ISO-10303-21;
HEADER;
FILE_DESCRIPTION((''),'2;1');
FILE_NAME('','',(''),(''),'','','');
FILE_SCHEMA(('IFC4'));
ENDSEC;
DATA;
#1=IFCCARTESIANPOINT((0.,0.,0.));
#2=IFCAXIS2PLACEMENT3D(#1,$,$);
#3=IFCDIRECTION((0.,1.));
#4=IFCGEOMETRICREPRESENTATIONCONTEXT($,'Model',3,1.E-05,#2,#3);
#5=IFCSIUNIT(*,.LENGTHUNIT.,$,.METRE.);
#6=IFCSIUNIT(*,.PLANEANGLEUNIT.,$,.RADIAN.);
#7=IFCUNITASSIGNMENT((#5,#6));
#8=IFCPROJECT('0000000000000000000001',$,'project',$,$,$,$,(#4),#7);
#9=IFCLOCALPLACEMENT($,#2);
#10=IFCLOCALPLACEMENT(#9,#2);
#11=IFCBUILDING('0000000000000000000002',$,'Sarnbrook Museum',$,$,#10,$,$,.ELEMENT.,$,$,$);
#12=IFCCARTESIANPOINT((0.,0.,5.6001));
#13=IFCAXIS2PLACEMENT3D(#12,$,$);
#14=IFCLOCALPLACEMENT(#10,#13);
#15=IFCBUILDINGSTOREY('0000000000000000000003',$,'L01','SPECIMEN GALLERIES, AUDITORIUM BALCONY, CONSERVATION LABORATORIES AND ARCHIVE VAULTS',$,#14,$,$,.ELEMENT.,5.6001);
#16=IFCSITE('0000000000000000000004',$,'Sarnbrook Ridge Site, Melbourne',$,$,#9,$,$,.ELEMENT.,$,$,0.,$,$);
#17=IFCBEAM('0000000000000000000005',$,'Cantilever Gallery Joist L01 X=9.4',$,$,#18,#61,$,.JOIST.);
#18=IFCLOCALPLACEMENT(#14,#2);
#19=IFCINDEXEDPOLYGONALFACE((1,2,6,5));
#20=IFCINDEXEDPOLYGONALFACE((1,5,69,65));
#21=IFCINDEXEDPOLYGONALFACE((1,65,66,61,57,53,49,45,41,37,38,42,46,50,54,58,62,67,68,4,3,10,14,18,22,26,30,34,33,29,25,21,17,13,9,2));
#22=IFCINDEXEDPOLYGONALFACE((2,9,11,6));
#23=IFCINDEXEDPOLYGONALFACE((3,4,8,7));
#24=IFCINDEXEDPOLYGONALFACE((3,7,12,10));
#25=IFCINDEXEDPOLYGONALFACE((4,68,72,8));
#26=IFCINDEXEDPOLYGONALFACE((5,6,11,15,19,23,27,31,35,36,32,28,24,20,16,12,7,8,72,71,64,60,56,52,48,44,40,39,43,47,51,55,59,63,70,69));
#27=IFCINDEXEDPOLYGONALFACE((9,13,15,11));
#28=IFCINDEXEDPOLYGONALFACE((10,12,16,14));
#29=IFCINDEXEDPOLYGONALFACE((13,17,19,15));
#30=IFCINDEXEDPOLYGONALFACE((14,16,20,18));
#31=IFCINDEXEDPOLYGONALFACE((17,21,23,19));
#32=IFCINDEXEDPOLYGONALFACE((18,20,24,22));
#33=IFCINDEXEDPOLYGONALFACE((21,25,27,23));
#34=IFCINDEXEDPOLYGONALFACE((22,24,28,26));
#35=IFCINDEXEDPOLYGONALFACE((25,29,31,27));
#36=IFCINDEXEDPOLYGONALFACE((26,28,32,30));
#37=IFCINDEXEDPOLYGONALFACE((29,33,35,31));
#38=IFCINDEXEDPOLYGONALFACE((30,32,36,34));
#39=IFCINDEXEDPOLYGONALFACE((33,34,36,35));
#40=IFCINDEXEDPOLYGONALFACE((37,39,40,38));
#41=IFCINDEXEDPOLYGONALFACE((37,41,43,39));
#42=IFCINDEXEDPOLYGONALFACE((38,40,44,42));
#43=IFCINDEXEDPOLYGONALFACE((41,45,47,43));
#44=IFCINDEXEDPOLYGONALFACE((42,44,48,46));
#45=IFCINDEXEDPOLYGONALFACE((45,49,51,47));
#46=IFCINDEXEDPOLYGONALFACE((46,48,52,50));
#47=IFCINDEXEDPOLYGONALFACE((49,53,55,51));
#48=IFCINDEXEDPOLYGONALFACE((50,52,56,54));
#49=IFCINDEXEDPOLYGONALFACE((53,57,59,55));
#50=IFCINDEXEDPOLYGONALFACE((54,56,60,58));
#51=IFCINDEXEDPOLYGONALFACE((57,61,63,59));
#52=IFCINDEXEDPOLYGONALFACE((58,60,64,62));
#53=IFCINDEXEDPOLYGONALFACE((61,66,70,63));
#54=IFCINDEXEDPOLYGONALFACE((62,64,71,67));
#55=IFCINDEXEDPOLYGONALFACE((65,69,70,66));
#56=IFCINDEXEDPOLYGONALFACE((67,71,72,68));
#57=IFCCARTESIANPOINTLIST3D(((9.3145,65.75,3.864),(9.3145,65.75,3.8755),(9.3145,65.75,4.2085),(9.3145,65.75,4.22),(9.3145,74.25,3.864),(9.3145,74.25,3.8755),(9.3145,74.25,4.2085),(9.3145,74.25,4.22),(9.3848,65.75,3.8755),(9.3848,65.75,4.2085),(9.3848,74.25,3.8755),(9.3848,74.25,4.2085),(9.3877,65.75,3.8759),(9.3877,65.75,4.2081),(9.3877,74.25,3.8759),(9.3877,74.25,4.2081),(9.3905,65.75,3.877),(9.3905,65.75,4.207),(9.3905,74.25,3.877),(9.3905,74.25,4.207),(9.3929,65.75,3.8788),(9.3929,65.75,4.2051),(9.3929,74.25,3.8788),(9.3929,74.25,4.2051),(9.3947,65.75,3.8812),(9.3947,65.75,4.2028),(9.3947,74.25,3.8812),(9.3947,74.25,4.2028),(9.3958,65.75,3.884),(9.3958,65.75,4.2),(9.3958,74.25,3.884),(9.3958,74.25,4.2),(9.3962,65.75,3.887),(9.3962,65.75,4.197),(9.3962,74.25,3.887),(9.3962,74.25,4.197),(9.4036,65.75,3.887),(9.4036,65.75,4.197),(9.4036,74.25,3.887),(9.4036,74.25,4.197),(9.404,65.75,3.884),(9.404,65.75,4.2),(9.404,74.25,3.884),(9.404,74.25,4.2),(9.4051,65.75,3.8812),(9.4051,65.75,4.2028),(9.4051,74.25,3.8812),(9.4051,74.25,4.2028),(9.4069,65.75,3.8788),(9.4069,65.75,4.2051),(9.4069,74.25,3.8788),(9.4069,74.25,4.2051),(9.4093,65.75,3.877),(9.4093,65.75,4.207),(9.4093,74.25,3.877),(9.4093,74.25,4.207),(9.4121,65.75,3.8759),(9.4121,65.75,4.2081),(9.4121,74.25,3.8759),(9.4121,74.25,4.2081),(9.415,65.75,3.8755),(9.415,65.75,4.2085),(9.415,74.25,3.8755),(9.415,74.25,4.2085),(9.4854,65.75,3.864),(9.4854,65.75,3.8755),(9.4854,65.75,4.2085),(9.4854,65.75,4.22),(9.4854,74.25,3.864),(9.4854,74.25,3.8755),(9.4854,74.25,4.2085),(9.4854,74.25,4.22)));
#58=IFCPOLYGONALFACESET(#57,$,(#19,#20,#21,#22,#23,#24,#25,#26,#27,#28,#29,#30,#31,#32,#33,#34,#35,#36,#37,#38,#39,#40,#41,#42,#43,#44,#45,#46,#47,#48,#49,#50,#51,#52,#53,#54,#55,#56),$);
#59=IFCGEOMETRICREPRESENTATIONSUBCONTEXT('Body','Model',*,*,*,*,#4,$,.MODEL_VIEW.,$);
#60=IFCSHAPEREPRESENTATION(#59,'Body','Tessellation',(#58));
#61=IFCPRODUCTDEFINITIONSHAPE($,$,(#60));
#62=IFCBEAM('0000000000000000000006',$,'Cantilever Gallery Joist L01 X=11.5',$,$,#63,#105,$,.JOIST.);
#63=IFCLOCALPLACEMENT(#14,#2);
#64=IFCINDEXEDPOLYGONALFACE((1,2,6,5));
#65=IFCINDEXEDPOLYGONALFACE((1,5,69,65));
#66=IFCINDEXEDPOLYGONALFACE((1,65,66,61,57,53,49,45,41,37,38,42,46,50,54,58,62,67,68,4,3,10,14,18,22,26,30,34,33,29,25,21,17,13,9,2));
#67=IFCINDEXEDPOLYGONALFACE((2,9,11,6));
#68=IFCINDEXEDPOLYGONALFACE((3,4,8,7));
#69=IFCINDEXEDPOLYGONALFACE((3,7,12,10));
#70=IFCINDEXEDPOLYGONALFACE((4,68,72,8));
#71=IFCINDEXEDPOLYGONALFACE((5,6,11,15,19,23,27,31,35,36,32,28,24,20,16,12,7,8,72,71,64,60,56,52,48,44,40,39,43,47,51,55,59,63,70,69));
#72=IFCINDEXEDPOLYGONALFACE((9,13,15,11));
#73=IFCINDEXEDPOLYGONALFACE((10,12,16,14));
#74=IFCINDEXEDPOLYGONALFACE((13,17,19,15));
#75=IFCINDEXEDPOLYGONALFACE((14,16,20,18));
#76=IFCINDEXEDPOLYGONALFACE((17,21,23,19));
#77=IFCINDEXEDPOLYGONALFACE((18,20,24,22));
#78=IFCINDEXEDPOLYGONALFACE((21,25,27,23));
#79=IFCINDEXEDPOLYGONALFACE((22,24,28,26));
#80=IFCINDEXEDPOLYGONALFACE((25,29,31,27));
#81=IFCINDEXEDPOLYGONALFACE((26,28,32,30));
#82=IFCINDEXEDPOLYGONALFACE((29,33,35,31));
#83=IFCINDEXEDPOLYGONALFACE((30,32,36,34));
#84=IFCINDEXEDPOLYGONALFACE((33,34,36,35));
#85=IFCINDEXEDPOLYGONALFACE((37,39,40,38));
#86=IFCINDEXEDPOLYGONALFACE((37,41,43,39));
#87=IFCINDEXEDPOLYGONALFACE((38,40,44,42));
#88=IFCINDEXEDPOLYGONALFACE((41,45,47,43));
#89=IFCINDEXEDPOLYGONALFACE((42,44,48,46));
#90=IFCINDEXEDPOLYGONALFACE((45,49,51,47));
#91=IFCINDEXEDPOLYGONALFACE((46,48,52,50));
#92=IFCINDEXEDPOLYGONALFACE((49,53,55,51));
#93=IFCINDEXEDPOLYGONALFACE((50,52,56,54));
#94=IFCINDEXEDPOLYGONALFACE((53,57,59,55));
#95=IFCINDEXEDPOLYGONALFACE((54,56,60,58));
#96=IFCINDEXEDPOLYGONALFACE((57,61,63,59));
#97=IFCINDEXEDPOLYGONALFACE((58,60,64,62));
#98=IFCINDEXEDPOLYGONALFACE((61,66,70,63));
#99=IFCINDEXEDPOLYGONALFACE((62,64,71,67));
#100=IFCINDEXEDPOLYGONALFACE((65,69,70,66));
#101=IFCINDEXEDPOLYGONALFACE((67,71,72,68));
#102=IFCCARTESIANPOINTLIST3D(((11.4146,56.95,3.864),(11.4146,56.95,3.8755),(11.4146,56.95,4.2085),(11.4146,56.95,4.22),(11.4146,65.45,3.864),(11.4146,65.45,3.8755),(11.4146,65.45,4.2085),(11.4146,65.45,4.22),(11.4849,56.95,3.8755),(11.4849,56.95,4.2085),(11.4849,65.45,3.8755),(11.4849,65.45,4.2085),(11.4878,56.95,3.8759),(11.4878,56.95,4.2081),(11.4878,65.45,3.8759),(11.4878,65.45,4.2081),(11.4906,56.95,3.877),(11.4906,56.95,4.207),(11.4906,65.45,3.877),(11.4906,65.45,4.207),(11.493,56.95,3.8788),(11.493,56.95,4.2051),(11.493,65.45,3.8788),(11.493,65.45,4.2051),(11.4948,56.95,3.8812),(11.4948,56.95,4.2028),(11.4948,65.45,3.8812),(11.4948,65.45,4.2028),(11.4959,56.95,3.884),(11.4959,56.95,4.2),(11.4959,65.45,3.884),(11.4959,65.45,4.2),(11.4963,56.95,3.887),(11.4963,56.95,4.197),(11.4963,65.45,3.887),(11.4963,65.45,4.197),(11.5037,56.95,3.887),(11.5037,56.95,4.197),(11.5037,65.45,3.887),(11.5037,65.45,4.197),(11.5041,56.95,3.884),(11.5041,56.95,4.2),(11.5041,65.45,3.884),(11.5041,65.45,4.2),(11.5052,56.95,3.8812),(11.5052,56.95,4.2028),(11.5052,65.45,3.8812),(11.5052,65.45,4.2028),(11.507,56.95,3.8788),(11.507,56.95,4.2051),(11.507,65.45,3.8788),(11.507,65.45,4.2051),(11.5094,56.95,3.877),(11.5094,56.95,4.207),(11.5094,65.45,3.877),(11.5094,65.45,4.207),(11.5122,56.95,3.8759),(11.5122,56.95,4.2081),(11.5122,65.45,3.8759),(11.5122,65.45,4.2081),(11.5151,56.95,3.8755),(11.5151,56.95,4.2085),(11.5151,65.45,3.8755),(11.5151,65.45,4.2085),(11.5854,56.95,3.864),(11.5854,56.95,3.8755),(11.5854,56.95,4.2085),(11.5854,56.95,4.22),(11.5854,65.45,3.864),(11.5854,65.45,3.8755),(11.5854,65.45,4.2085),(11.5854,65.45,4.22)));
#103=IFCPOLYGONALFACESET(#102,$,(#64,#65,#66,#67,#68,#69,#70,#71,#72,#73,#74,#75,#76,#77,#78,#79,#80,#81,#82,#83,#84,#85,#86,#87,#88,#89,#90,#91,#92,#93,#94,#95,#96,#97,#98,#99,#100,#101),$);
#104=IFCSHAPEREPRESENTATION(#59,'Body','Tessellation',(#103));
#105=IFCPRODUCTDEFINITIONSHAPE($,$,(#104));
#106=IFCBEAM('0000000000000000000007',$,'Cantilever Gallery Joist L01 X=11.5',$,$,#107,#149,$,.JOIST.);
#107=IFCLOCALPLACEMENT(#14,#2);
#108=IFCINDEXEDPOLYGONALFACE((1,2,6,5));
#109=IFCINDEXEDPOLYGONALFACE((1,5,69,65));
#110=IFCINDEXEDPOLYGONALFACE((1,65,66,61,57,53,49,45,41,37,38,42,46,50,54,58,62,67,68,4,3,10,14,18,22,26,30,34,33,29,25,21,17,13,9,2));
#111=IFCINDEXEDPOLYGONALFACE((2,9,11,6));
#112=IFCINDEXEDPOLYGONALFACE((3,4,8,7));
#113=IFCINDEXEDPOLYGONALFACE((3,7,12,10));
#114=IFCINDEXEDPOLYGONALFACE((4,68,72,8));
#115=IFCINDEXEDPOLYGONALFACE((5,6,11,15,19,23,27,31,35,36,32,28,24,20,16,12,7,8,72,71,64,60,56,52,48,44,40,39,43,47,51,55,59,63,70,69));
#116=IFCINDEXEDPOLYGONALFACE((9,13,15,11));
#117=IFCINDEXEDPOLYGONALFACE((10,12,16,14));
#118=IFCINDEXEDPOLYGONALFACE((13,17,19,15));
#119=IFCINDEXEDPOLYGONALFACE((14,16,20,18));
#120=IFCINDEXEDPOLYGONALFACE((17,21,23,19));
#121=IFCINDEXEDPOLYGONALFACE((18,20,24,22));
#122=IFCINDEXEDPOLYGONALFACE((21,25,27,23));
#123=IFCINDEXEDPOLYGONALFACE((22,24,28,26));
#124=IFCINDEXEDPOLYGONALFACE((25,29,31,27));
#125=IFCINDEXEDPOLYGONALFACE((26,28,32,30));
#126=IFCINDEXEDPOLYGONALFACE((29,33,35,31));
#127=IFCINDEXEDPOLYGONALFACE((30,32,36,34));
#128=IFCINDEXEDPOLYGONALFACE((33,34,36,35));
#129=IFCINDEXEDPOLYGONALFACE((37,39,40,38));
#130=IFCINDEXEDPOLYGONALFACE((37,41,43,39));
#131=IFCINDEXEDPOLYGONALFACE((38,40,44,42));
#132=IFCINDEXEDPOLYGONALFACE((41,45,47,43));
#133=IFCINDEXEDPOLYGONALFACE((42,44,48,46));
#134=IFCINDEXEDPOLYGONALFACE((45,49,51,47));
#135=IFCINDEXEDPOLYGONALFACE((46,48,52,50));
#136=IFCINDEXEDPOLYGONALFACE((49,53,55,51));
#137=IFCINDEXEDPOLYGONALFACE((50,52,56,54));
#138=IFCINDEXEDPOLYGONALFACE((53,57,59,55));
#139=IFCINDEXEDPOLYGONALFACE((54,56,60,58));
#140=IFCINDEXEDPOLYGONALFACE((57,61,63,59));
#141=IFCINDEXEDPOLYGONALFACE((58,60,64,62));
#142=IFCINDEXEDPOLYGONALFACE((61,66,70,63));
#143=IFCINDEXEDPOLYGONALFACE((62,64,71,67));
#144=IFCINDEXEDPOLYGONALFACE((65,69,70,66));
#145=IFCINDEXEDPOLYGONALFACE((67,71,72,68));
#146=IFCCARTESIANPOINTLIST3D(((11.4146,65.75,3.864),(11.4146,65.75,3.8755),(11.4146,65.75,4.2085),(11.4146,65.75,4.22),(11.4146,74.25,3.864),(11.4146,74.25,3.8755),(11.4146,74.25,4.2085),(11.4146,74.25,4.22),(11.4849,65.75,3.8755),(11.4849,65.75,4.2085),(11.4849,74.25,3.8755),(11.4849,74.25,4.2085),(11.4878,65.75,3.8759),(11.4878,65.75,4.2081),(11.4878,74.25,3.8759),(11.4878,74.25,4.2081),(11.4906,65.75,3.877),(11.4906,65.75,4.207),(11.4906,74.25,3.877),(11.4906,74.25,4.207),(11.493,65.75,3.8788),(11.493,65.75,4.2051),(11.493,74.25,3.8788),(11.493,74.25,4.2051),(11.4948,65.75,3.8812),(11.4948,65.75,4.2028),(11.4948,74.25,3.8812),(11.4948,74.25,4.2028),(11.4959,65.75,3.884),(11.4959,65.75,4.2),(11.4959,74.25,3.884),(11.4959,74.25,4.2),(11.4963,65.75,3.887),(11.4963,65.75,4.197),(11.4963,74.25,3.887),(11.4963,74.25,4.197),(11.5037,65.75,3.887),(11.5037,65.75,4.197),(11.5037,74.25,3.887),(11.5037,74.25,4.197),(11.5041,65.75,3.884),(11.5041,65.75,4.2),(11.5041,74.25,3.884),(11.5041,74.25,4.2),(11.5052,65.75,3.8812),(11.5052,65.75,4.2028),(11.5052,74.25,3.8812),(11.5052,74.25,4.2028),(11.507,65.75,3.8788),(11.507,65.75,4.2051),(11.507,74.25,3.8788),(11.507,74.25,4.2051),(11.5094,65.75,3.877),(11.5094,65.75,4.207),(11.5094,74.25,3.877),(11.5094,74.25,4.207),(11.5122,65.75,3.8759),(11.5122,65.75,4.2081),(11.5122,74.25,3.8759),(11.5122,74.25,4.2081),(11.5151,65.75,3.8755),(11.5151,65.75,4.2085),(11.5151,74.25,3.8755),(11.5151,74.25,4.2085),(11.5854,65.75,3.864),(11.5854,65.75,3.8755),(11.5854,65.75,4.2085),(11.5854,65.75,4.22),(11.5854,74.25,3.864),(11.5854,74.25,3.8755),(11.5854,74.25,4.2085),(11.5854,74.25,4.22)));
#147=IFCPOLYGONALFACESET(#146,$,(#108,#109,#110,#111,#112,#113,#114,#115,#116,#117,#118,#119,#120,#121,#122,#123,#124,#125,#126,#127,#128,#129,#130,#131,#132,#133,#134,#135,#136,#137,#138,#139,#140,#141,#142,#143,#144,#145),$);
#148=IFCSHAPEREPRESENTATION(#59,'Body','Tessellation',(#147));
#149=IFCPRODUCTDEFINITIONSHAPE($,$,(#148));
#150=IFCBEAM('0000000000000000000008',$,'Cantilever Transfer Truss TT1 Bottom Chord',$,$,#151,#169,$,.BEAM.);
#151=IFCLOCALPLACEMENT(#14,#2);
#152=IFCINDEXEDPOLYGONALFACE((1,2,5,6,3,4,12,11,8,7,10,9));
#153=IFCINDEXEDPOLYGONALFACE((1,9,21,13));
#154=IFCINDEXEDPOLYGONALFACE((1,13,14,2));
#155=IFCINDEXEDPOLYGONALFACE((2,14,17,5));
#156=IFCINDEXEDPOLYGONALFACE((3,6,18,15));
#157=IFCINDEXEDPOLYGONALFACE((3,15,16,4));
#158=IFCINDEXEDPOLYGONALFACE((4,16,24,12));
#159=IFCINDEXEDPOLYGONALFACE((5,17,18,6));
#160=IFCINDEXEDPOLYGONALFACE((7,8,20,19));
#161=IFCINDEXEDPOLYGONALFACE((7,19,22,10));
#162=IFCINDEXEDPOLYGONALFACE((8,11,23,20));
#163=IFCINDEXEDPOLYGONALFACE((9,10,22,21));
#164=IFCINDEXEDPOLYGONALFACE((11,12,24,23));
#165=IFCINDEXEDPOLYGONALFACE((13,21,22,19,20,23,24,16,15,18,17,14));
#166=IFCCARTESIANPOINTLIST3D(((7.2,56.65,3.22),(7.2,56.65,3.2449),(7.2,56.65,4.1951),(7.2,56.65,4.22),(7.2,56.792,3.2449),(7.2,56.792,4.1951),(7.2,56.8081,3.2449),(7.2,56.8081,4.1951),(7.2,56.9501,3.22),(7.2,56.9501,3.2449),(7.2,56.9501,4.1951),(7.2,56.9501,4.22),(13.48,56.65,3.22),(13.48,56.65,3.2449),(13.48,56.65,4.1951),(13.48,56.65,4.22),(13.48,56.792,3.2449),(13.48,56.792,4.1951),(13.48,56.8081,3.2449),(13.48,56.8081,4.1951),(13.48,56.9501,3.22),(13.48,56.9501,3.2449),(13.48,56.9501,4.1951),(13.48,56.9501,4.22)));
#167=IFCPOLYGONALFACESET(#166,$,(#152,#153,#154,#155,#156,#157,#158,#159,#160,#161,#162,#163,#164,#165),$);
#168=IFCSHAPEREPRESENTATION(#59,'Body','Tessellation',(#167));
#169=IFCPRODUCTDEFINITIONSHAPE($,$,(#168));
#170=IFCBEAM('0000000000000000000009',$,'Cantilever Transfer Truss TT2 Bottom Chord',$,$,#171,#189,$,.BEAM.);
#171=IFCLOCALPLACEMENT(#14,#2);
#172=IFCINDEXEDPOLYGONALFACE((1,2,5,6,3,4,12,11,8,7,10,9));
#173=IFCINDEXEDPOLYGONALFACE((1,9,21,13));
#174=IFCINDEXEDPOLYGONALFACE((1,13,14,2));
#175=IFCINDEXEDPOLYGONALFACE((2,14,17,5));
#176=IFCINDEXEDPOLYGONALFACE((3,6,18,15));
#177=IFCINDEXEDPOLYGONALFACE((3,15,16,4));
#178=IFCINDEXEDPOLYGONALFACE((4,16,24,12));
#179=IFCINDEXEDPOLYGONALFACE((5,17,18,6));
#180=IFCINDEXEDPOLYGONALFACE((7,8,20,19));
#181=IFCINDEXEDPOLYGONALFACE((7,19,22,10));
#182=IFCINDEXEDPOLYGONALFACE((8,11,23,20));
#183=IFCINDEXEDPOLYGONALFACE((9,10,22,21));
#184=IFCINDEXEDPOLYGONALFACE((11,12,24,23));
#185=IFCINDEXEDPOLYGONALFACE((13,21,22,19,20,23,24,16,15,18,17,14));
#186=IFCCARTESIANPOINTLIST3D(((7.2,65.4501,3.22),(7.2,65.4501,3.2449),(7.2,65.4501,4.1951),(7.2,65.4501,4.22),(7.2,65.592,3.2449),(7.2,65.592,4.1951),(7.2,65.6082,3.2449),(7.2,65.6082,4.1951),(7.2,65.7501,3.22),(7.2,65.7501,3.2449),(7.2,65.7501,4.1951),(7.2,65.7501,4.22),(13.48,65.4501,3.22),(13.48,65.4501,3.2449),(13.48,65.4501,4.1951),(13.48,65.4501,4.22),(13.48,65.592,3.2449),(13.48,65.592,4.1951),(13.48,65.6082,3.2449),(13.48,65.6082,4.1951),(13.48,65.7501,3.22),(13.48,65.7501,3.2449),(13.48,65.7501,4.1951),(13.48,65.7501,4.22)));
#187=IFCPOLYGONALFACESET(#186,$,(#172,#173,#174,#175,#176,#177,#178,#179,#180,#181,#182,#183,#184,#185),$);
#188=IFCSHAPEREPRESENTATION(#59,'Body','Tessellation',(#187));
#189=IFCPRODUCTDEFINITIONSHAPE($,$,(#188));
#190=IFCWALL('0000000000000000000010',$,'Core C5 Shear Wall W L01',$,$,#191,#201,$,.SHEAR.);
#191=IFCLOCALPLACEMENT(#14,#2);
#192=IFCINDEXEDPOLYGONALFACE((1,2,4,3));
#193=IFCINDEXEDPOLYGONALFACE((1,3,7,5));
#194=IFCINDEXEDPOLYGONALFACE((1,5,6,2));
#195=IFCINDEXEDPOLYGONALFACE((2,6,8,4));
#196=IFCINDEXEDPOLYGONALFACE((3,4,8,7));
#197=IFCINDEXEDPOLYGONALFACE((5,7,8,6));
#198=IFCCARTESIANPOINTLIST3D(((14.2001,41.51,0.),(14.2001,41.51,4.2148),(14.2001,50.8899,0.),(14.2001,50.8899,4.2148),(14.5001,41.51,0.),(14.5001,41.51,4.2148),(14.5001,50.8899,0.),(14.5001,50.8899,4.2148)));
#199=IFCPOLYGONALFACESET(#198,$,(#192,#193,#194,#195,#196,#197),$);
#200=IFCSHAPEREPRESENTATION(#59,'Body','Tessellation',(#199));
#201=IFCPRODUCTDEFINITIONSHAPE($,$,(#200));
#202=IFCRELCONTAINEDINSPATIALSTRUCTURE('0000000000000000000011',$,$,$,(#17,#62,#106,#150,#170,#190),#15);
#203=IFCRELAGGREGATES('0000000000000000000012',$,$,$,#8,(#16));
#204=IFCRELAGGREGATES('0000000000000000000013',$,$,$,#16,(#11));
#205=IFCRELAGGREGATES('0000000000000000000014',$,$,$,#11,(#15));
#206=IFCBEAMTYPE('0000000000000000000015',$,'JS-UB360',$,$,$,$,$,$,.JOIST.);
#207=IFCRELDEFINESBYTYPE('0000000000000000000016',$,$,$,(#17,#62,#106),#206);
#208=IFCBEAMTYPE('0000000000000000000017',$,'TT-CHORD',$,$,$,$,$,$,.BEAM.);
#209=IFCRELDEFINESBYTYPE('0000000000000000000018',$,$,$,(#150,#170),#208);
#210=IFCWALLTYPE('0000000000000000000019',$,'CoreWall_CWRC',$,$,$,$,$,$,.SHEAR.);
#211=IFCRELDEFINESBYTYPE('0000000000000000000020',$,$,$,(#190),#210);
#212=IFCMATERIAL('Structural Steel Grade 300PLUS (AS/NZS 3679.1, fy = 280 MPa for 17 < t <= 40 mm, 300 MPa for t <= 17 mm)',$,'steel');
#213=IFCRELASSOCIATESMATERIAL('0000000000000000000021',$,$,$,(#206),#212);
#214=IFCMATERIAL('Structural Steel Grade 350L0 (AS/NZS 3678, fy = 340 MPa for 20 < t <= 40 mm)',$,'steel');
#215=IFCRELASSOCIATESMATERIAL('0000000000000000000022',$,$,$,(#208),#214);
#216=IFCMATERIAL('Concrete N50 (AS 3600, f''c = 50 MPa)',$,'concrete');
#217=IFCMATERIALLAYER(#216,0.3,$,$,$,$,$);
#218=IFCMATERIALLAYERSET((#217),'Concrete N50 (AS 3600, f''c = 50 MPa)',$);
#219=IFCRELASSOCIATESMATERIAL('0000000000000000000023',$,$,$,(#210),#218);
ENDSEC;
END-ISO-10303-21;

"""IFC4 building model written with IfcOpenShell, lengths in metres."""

from ifc_helpers import new_model, si_unit, direction, frame, frame_2d, origin, origin_2d, place, context, subcontext, project, spatial, rectangle, i_section, extrude, material, layer, layer_set, material_profile, profile_set, type_object, element, save


model = new_model("IFC4")

# Units and contexts
model_context = context("Model", 3, precision=1e-05, world=origin(), true_north=direction((0.0, 1.0)))
body_context = subcontext(model_context, "Body", "Model", "MODEL_VIEW")
ifc_project = project(units=[si_unit("LENGTHUNIT", "METRE"), si_unit("PLANEANGLEUNIT", "RADIAN")], contexts=[model_context])

# Site, building, storey
site_placement = place(None, origin())
site = spatial("IfcSite", under=ifc_project, at=site_placement, Name="Sarnbrook Ridge Site, Melbourne", CompositionType="ELEMENT", RefElevation=0.0)
building_placement = place(site_placement, origin())
building = spatial("IfcBuilding", under=site, at=building_placement, Name="Sarnbrook Museum", CompositionType="ELEMENT")
storey_placement = place(building_placement, frame((0.0, 0.0, 5.6001)))
storey = spatial("IfcBuildingStorey", under=building, at=storey_placement, Name="L01", Description="SPECIMEN GALLERIES, AUDITORIUM BALCONY, CONSERVATION LABORATORIES AND ARCHIVE VAULTS", CompositionType="ELEMENT", Elevation=5.6001)

# Shared definitions
ifc_material_1 = material(Name="Structural Steel Grade 300PLUS (AS/NZS 3679.1, fy = 280 MPa for 17 < t <= 40 mm, 300 MPa for t <= 17 mm)", Category="steel")

# Beams
ifc_material_profile_1 = material_profile(ifc_material_1, i_section(OverallWidth=0.1709, OverallDepth=0.356, WebThickness=0.0073, FlangeThickness=0.0115, FilletRadius=0.0115, at=origin_2d()), Name="360UB50.7")
ifc_profile_set_1 = profile_set([ifc_material_profile_1], Name="Structural Steel Grade 300PLUS (AS/NZS 3679.1, fy = 280 MPa for 17 < t <= 40 mm, 300 MPa for t <= 17 mm)")
beam_type_1 = type_object("IfcBeamType", Name="JS-UB360", PredefinedType="JOIST", material=ifc_profile_set_1)
for number, where, z_axis, x_axis, name in (
    (1, (9.3999, 65.75, 4.042), (0.0, 1.0, 0.0), (-1.0, 0.0, 0.0), "Cantilever Gallery Joist L01 X=9.4"),
    (2, (11.5, 56.95, 4.042), (0.0, 1.0, 0.0), (-1.0, 0.0, 0.0), "Cantilever Gallery Joist L01 X=11.5"),
    (3, (11.5, 65.75, 4.042), (0.0, 1.0, 0.0), (-1.0, 0.0, 0.0), "Cantilever Gallery Joist L01 X=11.5"),
):
    element("IfcBeam", number, at=place(storey_placement, frame(where, z_axis=z_axis, x_axis=x_axis)), inside=storey, type_object=beam_type_1, Name=name, PredefinedType="JOIST", context=body_context, shape_type="SweptSolid", body=[
        extrude(i_section(OverallWidth=0.1709, OverallDepth=0.356, WebThickness=0.0073, FlangeThickness=0.0115, FilletRadius=0.0115, at=origin_2d()), origin(), (0.0, 0.0, 1.0), 8.5),
    ])
ifc_material_2 = material(Name="Structural Steel Grade 350L0 (AS/NZS 3678, fy = 340 MPa for 20 < t <= 40 mm)", Category="steel")
ifc_material_profile_2 = material_profile(ifc_material_2, i_section(OverallWidth=0.3, OverallDepth=1.0, WebThickness=0.0161, FlangeThickness=0.0249, at=origin_2d()), Name="1000WB215")
ifc_profile_set_2 = profile_set([ifc_material_profile_2], Name="Structural Steel Grade 350L0 (AS/NZS 3678, fy = 340 MPa for 20 < t <= 40 mm)")
beam_type_2 = type_object("IfcBeamType", Name="TT-CHORD", PredefinedType="BEAM", material=ifc_profile_set_2)
for number, where, z_axis, x_axis, name in (
    (4, (13.48, 56.8, 3.72), (-1.0, 0.0, 0.0), (0.0, -1.0, 0.0), "Cantilever Transfer Truss TT1 Bottom Chord"),
    (5, (13.48, 65.6001, 3.72), (-1.0, 0.0, 0.0), (0.0, -1.0, 0.0), "Cantilever Transfer Truss TT2 Bottom Chord"),
):
    element("IfcBeam", number, at=place(storey_placement, frame(where, z_axis=z_axis, x_axis=x_axis)), inside=storey, type_object=beam_type_2, Name=name, PredefinedType="BEAM", context=body_context, shape_type="SweptSolid", body=[
        extrude(i_section(OverallWidth=0.3, OverallDepth=1.0, WebThickness=0.0161, FlangeThickness=0.0249, at=origin_2d()), origin(), (0.0, 0.0, 1.0), 6.28),
    ])

# Wall
ifc_material_3 = material(Name="Concrete N50 (AS 3600, f'c = 50 MPa)", Category="concrete")
ifc_layer_1 = layer(ifc_material_3, 0.3)
ifc_layer_set_1 = layer_set([ifc_layer_1], Name="Concrete N50 (AS 3600, f'c = 50 MPa)")
wall_type_1 = type_object("IfcWallType", Name="CoreWall_CWRC", PredefinedType="SHEAR", material=ifc_layer_set_1)
wall_1_placement = place(storey_placement, frame((14.3501, 50.8899, 0.0), z_axis=(0.0, 0.0, 1.0), x_axis=(0.0, -1.0, 0.0)))
element("IfcWall", 6, at=wall_1_placement, inside=storey, type_object=wall_type_1, Name="Core C5 Shear Wall W L01", PredefinedType="SHEAR", context=body_context, shape_type="SweptSolid", body=[
    extrude(rectangle(XDim=9.3799, YDim=0.3, at=frame_2d((4.6899, 0.0))), origin(), (0.0, 0.0, 1.0), 4.2148),
])

save(model, "model.ifc")
